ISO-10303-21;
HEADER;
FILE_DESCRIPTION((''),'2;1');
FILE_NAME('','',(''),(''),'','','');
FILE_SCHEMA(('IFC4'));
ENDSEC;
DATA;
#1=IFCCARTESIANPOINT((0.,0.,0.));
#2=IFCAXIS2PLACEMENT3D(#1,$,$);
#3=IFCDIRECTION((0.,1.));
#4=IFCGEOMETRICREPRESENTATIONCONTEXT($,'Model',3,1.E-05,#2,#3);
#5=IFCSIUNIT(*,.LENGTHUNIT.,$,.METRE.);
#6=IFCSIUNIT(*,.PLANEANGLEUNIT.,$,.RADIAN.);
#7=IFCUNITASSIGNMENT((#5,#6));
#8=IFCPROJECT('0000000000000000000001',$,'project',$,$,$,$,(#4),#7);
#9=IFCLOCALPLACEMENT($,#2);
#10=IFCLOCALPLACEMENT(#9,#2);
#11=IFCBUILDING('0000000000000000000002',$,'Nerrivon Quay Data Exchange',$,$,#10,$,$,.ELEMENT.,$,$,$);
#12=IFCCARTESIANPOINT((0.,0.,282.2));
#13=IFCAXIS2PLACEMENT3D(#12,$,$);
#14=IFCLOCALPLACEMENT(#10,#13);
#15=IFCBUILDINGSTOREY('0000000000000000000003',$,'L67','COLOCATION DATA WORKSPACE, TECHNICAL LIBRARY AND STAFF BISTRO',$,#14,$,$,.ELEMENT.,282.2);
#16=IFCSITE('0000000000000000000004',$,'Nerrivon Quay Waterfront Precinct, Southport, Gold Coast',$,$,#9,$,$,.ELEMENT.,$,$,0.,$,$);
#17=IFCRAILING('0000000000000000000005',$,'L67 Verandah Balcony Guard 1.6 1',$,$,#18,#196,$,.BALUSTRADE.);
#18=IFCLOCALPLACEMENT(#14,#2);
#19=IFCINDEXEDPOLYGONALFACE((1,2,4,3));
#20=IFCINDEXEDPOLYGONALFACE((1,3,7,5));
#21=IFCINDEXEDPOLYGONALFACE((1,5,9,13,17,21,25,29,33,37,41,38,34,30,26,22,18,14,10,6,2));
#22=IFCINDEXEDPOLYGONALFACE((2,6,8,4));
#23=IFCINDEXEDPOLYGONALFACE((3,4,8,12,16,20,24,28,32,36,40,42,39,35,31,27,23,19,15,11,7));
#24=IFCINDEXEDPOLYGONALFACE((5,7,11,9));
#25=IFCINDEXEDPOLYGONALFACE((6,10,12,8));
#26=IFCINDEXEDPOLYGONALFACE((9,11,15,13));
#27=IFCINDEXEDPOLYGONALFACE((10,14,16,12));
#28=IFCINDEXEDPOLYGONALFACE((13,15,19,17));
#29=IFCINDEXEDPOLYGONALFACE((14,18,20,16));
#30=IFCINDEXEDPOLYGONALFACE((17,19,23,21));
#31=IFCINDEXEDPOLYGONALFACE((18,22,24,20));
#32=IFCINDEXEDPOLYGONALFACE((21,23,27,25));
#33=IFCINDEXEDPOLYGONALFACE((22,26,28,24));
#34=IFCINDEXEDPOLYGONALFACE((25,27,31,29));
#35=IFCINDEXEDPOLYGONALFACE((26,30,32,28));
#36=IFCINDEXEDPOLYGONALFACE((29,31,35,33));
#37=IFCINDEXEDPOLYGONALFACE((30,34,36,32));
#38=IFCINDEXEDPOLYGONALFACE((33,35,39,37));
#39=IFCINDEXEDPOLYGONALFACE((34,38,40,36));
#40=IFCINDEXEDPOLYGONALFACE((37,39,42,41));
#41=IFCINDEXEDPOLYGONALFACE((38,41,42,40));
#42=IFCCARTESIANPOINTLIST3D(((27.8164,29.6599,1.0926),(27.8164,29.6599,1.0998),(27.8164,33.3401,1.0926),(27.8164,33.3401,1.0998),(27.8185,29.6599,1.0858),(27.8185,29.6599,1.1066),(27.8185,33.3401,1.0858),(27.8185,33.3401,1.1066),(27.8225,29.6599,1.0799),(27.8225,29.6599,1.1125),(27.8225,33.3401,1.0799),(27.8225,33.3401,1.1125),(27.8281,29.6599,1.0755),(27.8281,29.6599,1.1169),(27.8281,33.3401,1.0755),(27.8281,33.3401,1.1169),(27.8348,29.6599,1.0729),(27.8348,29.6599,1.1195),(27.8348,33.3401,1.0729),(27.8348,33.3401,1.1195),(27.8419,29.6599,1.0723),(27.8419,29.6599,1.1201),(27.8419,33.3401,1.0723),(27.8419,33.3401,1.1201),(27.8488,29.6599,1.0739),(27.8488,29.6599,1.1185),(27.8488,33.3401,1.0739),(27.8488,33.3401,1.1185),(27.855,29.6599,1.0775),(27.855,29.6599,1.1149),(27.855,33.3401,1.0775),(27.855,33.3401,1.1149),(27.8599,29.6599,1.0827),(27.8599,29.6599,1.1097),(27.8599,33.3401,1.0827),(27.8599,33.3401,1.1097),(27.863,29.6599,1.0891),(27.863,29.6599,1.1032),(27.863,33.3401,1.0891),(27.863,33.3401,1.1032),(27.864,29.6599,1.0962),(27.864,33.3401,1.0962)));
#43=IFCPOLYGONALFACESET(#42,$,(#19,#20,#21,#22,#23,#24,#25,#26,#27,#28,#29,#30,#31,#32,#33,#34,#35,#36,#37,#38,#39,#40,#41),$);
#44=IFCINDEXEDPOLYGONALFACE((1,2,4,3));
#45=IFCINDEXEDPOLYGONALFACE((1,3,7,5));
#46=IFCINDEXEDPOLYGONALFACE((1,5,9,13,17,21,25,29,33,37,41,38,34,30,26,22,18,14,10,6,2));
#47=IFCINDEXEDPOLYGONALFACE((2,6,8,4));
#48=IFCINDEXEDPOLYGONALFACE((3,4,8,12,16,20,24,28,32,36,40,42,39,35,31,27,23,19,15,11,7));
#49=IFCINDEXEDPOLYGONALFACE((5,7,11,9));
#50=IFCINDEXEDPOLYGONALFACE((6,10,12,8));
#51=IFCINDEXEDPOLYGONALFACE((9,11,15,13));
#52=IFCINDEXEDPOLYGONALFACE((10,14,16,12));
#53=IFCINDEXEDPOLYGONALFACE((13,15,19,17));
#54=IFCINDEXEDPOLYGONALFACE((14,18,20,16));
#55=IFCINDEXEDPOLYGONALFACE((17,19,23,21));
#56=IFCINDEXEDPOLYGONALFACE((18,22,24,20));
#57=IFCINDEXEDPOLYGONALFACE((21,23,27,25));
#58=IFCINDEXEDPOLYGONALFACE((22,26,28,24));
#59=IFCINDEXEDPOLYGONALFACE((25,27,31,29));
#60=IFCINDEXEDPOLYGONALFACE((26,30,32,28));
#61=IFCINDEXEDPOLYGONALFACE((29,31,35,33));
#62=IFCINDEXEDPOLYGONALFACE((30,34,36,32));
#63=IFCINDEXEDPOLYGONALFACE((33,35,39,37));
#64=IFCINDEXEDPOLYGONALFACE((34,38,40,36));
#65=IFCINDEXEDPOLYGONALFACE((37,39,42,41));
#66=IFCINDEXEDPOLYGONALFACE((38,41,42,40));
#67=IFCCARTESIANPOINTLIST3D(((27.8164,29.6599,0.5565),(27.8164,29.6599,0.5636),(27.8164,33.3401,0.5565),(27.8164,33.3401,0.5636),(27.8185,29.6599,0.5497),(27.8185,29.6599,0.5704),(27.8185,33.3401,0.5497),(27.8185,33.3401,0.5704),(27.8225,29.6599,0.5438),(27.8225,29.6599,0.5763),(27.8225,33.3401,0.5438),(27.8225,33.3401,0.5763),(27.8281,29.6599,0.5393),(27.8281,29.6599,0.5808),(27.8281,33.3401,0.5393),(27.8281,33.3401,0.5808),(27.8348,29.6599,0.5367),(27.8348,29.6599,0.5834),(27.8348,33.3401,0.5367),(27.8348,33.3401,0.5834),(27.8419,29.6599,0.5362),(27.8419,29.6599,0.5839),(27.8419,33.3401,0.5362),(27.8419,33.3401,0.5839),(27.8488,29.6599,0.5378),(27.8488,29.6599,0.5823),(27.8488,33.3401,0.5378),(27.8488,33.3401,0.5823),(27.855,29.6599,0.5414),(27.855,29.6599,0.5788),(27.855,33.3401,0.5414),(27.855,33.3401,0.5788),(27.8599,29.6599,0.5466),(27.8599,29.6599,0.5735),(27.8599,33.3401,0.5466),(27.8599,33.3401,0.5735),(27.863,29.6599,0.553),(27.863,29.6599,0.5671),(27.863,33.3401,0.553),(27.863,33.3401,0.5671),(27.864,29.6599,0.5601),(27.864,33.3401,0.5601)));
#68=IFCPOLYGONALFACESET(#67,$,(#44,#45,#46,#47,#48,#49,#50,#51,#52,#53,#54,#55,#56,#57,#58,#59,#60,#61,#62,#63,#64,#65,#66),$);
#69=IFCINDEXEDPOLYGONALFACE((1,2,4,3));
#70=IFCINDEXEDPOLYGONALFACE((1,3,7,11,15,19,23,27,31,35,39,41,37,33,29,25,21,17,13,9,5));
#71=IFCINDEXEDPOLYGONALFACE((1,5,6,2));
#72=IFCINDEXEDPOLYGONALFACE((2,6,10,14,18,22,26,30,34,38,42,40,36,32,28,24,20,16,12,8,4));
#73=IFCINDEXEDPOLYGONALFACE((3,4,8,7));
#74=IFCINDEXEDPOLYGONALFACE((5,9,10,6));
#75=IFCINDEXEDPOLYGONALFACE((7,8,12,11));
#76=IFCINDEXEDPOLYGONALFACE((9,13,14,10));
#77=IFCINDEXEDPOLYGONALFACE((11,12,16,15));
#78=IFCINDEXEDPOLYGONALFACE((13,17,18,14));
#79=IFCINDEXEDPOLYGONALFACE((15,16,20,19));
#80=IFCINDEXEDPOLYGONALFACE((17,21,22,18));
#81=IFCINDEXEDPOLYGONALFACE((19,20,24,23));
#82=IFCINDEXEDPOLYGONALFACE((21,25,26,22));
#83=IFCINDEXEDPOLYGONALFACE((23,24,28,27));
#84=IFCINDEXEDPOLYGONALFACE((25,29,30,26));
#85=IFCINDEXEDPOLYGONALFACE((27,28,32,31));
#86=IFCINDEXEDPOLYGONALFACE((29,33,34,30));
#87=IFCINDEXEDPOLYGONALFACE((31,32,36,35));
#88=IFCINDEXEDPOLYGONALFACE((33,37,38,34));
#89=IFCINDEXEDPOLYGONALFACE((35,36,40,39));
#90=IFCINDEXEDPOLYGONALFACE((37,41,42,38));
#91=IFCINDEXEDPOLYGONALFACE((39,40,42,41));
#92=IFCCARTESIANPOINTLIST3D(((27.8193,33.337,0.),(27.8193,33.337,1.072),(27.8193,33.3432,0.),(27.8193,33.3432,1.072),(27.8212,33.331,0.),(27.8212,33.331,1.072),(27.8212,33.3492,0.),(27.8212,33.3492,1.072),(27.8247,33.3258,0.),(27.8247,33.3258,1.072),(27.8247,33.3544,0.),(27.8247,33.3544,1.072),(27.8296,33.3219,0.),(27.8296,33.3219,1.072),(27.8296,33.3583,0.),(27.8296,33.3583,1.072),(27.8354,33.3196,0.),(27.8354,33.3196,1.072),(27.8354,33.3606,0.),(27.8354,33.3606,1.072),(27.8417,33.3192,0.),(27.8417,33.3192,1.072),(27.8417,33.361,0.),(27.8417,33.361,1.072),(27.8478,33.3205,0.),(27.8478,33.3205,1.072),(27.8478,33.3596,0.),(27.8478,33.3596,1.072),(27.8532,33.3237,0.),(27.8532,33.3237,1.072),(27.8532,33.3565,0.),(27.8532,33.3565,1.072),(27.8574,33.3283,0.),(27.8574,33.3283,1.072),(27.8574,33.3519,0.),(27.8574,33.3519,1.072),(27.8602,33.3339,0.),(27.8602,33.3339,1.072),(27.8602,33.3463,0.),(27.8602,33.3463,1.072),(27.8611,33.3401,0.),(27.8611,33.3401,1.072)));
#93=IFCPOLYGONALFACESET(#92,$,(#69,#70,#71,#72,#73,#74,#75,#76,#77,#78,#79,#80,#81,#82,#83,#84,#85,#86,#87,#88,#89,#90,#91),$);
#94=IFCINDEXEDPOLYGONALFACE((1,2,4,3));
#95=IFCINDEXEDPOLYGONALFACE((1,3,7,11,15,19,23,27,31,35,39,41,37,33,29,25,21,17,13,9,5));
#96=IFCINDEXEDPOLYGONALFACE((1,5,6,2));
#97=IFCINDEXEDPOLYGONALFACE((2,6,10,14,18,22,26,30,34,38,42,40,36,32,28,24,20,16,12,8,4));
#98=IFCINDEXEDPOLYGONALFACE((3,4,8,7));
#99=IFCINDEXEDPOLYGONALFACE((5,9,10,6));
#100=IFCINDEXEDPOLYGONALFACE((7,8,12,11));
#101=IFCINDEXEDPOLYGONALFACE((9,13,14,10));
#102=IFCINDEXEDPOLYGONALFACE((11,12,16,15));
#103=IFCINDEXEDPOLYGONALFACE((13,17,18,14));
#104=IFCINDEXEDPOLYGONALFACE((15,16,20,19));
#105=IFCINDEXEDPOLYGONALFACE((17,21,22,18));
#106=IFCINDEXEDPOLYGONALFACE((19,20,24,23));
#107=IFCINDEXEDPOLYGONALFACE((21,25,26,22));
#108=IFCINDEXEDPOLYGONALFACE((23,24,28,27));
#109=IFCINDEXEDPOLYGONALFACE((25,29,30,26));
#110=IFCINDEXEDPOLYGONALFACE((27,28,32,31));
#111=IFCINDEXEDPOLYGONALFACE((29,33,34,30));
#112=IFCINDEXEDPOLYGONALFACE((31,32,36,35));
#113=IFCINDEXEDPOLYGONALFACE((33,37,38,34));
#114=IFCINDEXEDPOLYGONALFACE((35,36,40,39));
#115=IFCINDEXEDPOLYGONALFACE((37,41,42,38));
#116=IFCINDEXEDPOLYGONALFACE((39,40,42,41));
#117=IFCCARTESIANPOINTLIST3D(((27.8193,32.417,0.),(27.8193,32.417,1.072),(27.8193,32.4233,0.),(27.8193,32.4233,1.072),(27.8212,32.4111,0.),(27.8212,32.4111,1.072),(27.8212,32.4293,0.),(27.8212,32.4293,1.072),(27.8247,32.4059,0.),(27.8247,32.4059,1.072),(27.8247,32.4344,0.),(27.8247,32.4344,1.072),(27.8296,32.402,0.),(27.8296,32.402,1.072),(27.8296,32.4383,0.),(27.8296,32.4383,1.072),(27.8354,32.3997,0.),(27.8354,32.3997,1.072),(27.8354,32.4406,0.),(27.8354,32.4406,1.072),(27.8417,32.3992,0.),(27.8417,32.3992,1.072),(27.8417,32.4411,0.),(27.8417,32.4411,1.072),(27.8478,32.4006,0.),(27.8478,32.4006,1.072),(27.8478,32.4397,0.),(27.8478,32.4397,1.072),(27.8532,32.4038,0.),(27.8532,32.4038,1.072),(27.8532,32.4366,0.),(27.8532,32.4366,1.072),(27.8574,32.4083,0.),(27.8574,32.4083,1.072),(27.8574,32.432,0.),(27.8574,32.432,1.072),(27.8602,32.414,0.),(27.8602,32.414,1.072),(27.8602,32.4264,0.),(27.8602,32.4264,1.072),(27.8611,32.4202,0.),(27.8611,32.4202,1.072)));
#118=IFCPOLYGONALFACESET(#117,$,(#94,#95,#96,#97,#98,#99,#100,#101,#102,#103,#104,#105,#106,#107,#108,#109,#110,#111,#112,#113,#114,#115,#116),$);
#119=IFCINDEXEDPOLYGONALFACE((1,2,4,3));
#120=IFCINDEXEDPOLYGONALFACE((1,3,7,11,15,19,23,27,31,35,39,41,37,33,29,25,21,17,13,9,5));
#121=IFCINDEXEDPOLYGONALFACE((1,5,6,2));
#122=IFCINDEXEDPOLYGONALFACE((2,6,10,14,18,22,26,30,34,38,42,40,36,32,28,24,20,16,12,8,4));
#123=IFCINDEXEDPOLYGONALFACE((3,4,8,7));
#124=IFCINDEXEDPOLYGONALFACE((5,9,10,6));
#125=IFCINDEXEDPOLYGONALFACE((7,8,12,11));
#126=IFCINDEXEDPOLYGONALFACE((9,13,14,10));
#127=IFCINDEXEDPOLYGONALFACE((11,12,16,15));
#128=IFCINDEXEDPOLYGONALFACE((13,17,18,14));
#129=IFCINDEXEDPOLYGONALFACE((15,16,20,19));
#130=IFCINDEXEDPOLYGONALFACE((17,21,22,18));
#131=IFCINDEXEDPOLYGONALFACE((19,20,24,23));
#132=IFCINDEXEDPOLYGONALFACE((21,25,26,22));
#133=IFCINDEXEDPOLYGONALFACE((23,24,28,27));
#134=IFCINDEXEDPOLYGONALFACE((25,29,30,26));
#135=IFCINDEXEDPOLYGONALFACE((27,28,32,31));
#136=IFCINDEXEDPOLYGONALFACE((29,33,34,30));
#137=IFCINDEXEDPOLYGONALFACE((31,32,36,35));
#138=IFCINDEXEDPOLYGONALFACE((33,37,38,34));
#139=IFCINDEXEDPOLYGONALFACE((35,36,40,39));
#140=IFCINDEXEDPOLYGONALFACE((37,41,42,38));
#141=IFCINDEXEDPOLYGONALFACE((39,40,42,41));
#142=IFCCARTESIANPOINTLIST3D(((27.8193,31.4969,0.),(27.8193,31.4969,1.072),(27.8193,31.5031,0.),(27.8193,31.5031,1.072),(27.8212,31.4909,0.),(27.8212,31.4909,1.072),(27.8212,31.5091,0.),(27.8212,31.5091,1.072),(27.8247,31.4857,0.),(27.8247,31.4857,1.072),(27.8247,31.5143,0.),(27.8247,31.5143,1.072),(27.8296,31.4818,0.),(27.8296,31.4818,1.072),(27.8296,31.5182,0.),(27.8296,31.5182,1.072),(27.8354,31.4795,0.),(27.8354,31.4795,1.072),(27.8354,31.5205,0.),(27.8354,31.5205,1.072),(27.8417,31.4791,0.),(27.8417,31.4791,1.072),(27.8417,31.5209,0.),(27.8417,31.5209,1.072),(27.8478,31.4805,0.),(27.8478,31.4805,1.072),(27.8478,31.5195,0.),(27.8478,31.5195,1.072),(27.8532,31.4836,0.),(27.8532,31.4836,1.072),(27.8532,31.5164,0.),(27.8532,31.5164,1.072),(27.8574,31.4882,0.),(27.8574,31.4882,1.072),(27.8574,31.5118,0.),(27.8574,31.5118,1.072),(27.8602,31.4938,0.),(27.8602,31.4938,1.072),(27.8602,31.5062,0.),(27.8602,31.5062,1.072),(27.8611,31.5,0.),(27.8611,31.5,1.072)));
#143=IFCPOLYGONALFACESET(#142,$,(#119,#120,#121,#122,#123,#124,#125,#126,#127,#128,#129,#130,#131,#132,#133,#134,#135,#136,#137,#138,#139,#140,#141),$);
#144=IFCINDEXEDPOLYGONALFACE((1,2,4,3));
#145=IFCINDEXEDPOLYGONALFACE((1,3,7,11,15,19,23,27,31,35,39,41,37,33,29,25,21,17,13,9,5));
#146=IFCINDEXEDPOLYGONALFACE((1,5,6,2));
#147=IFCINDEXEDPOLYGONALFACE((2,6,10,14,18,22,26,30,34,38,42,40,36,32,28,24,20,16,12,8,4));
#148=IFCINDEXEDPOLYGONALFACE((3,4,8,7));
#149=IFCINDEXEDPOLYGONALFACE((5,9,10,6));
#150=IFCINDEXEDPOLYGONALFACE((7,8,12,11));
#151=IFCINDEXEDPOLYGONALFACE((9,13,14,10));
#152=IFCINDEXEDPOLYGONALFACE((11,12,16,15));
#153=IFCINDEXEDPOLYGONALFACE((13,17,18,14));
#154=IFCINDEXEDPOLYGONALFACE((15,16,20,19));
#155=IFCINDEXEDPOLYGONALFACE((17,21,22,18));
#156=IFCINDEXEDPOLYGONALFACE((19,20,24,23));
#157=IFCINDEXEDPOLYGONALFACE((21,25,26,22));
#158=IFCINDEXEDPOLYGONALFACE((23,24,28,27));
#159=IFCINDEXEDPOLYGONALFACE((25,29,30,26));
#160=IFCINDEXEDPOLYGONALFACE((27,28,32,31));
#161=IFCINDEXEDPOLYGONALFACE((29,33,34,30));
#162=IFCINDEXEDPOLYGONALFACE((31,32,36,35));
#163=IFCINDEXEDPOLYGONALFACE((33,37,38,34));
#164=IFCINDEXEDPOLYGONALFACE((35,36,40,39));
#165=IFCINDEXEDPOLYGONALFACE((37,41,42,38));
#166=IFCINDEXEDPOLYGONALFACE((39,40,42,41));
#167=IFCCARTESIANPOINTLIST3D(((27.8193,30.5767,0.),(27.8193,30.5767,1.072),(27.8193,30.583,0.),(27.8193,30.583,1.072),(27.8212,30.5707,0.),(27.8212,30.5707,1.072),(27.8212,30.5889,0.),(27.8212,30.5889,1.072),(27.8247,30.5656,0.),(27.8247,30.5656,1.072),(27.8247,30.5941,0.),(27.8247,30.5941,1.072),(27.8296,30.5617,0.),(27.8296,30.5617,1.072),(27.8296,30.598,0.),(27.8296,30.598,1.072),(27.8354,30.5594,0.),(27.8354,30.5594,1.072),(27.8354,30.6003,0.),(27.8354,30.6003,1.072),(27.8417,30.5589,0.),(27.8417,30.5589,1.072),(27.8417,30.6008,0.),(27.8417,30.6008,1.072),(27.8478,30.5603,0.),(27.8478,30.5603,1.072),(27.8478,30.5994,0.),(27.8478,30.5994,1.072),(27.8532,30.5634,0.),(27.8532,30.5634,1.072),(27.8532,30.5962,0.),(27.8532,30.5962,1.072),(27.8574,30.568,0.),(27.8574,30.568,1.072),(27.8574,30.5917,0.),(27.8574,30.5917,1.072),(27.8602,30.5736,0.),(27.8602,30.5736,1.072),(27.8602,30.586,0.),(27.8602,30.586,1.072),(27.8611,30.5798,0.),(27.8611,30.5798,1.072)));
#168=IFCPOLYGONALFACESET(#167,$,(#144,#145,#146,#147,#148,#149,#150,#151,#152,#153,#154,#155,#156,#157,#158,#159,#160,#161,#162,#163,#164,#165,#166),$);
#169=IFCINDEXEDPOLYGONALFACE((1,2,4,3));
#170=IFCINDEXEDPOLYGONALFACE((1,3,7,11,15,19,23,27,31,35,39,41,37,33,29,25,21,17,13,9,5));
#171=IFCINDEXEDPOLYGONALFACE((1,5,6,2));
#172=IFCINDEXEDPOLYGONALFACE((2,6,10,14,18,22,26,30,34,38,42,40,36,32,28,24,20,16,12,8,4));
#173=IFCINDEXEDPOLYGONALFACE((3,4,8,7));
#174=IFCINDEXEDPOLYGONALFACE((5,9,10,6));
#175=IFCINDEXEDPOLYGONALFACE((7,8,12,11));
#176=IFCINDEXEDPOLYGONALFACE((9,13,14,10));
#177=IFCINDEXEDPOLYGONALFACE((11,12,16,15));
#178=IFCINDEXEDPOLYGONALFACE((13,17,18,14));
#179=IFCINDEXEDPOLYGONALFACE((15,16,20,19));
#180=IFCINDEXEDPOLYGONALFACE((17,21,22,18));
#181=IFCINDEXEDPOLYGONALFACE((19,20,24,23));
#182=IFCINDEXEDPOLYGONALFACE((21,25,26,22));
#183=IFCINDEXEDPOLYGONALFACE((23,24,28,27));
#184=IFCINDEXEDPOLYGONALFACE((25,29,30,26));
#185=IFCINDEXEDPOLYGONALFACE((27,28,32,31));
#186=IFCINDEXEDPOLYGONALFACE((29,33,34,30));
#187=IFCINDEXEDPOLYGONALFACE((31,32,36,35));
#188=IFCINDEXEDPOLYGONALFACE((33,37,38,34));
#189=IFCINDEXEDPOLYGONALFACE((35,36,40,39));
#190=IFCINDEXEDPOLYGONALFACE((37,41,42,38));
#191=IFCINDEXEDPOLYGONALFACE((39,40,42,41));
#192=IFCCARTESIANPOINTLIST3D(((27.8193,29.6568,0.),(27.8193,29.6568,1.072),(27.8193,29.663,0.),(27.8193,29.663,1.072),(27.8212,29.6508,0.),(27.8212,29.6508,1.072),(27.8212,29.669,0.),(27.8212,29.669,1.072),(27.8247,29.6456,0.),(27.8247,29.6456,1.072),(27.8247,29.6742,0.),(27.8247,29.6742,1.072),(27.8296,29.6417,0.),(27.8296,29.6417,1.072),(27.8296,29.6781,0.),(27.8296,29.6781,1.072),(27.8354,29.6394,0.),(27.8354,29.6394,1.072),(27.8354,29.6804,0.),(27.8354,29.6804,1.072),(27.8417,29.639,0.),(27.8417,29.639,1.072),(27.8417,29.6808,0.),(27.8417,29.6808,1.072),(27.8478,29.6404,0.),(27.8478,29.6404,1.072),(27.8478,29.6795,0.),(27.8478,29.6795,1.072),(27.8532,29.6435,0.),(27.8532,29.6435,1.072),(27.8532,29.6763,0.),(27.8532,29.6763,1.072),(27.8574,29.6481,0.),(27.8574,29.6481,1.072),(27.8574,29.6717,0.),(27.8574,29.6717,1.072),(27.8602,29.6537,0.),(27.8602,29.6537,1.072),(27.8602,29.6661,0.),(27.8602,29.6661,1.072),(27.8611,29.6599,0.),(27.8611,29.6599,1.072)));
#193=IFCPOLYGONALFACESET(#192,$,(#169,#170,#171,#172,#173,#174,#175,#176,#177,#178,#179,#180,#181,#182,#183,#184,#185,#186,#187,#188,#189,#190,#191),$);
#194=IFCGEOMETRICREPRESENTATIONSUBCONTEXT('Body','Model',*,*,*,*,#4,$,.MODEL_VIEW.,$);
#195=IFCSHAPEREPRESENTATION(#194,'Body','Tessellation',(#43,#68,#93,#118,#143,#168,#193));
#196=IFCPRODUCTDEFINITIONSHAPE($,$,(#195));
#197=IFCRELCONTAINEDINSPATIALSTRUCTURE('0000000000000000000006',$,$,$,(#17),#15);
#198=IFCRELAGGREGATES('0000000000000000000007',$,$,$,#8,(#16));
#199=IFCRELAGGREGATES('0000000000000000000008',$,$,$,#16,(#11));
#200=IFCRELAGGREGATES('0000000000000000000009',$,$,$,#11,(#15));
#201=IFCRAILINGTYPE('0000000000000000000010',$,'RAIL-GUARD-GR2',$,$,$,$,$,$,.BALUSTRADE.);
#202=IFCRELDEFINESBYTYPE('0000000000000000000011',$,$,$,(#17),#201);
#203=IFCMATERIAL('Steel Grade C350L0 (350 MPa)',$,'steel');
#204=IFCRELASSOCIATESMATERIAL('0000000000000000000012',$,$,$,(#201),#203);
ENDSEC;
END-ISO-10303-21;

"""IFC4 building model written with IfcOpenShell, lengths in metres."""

from ifc_helpers import new_model, si_unit, direction, frame, origin, origin_2d, place, context, subcontext, project, spatial, circle, extrude, material, type_object, element, save


model = new_model("IFC4")

# Units and contexts
model_context = context("Model", 3, precision=1e-05, world=origin(), true_north=direction((0.0, 1.0)))
body_context = subcontext(model_context, "Body", "Model", "MODEL_VIEW")
ifc_project = project(units=[si_unit("LENGTHUNIT", "METRE"), si_unit("PLANEANGLEUNIT", "RADIAN")], contexts=[model_context])

# Site, building, storey
site_placement = place(None, origin())
site = spatial("IfcSite", under=ifc_project, at=site_placement, Name="Nerrivon Quay Waterfront Precinct, Southport, Gold Coast", CompositionType="ELEMENT", RefElevation=0.0)
building_placement = place(site_placement, origin())
building = spatial("IfcBuilding", under=site, at=building_placement, Name="Nerrivon Quay Data Exchange", CompositionType="ELEMENT")
storey_placement = place(building_placement, frame((0.0, 0.0, 282.2)))
storey = spatial("IfcBuildingStorey", under=building, at=storey_placement, Name="L67", Description="COLOCATION DATA WORKSPACE, TECHNICAL LIBRARY AND STAFF BISTRO", CompositionType="ELEMENT", Elevation=282.2)

# Shared definitions
ifc_material_1 = material(Name="Steel Grade C350L0 (350 MPa)", Category="steel")

# Railing
railing_type = type_object("IfcRailingType", Name="RAIL-GUARD-GR2", PredefinedType="BALUSTRADE", material=ifc_material_1)
railing_1_placement = place(storey_placement, frame((27.8401, 33.3401, 0.0)))
element("IfcRailing", 1, at=railing_1_placement, inside=storey, type_object=railing_type, Name="L67 Verandah Balcony Guard 1.6 1", PredefinedType="BALUSTRADE", context=body_context, shape_type="SweptSolid", body=[
    extrude(circle(Radius=0.0239, at=origin_2d()), frame((0.0, 0.0, 1.0962), z_axis=(0.0, -1.0, 0.0), x_axis=(1.0, 0.0, 0.0)), (0.0, 0.0, 1.0), 3.6802),
    extrude(circle(Radius=0.0239, at=origin_2d()), frame((0.0, 0.0, 0.5601), z_axis=(0.0, -1.0, 0.0), x_axis=(1.0, 0.0, 0.0)), (0.0, 0.0, 1.0), 3.6802),
    extrude(circle(Radius=0.021, at=origin_2d()), origin(), (0.0, 0.0, 1.0), 1.072),
    extrude(circle(Radius=0.021, at=origin_2d()), frame((0.0, -0.9199, 0.0)), (0.0, 0.0, 1.0), 1.072),
    extrude(circle(Radius=0.021, at=origin_2d()), frame((0.0, -1.8401, 0.0)), (0.0, 0.0, 1.0), 1.072),
    extrude(circle(Radius=0.021, at=origin_2d()), frame((0.0, -2.7603, 0.0)), (0.0, 0.0, 1.0), 1.072),
    extrude(circle(Radius=0.021, at=origin_2d()), frame((0.0, -3.6802, 0.0)), (0.0, 0.0, 1.0), 1.072),
])

save(model, "model.ifc")
